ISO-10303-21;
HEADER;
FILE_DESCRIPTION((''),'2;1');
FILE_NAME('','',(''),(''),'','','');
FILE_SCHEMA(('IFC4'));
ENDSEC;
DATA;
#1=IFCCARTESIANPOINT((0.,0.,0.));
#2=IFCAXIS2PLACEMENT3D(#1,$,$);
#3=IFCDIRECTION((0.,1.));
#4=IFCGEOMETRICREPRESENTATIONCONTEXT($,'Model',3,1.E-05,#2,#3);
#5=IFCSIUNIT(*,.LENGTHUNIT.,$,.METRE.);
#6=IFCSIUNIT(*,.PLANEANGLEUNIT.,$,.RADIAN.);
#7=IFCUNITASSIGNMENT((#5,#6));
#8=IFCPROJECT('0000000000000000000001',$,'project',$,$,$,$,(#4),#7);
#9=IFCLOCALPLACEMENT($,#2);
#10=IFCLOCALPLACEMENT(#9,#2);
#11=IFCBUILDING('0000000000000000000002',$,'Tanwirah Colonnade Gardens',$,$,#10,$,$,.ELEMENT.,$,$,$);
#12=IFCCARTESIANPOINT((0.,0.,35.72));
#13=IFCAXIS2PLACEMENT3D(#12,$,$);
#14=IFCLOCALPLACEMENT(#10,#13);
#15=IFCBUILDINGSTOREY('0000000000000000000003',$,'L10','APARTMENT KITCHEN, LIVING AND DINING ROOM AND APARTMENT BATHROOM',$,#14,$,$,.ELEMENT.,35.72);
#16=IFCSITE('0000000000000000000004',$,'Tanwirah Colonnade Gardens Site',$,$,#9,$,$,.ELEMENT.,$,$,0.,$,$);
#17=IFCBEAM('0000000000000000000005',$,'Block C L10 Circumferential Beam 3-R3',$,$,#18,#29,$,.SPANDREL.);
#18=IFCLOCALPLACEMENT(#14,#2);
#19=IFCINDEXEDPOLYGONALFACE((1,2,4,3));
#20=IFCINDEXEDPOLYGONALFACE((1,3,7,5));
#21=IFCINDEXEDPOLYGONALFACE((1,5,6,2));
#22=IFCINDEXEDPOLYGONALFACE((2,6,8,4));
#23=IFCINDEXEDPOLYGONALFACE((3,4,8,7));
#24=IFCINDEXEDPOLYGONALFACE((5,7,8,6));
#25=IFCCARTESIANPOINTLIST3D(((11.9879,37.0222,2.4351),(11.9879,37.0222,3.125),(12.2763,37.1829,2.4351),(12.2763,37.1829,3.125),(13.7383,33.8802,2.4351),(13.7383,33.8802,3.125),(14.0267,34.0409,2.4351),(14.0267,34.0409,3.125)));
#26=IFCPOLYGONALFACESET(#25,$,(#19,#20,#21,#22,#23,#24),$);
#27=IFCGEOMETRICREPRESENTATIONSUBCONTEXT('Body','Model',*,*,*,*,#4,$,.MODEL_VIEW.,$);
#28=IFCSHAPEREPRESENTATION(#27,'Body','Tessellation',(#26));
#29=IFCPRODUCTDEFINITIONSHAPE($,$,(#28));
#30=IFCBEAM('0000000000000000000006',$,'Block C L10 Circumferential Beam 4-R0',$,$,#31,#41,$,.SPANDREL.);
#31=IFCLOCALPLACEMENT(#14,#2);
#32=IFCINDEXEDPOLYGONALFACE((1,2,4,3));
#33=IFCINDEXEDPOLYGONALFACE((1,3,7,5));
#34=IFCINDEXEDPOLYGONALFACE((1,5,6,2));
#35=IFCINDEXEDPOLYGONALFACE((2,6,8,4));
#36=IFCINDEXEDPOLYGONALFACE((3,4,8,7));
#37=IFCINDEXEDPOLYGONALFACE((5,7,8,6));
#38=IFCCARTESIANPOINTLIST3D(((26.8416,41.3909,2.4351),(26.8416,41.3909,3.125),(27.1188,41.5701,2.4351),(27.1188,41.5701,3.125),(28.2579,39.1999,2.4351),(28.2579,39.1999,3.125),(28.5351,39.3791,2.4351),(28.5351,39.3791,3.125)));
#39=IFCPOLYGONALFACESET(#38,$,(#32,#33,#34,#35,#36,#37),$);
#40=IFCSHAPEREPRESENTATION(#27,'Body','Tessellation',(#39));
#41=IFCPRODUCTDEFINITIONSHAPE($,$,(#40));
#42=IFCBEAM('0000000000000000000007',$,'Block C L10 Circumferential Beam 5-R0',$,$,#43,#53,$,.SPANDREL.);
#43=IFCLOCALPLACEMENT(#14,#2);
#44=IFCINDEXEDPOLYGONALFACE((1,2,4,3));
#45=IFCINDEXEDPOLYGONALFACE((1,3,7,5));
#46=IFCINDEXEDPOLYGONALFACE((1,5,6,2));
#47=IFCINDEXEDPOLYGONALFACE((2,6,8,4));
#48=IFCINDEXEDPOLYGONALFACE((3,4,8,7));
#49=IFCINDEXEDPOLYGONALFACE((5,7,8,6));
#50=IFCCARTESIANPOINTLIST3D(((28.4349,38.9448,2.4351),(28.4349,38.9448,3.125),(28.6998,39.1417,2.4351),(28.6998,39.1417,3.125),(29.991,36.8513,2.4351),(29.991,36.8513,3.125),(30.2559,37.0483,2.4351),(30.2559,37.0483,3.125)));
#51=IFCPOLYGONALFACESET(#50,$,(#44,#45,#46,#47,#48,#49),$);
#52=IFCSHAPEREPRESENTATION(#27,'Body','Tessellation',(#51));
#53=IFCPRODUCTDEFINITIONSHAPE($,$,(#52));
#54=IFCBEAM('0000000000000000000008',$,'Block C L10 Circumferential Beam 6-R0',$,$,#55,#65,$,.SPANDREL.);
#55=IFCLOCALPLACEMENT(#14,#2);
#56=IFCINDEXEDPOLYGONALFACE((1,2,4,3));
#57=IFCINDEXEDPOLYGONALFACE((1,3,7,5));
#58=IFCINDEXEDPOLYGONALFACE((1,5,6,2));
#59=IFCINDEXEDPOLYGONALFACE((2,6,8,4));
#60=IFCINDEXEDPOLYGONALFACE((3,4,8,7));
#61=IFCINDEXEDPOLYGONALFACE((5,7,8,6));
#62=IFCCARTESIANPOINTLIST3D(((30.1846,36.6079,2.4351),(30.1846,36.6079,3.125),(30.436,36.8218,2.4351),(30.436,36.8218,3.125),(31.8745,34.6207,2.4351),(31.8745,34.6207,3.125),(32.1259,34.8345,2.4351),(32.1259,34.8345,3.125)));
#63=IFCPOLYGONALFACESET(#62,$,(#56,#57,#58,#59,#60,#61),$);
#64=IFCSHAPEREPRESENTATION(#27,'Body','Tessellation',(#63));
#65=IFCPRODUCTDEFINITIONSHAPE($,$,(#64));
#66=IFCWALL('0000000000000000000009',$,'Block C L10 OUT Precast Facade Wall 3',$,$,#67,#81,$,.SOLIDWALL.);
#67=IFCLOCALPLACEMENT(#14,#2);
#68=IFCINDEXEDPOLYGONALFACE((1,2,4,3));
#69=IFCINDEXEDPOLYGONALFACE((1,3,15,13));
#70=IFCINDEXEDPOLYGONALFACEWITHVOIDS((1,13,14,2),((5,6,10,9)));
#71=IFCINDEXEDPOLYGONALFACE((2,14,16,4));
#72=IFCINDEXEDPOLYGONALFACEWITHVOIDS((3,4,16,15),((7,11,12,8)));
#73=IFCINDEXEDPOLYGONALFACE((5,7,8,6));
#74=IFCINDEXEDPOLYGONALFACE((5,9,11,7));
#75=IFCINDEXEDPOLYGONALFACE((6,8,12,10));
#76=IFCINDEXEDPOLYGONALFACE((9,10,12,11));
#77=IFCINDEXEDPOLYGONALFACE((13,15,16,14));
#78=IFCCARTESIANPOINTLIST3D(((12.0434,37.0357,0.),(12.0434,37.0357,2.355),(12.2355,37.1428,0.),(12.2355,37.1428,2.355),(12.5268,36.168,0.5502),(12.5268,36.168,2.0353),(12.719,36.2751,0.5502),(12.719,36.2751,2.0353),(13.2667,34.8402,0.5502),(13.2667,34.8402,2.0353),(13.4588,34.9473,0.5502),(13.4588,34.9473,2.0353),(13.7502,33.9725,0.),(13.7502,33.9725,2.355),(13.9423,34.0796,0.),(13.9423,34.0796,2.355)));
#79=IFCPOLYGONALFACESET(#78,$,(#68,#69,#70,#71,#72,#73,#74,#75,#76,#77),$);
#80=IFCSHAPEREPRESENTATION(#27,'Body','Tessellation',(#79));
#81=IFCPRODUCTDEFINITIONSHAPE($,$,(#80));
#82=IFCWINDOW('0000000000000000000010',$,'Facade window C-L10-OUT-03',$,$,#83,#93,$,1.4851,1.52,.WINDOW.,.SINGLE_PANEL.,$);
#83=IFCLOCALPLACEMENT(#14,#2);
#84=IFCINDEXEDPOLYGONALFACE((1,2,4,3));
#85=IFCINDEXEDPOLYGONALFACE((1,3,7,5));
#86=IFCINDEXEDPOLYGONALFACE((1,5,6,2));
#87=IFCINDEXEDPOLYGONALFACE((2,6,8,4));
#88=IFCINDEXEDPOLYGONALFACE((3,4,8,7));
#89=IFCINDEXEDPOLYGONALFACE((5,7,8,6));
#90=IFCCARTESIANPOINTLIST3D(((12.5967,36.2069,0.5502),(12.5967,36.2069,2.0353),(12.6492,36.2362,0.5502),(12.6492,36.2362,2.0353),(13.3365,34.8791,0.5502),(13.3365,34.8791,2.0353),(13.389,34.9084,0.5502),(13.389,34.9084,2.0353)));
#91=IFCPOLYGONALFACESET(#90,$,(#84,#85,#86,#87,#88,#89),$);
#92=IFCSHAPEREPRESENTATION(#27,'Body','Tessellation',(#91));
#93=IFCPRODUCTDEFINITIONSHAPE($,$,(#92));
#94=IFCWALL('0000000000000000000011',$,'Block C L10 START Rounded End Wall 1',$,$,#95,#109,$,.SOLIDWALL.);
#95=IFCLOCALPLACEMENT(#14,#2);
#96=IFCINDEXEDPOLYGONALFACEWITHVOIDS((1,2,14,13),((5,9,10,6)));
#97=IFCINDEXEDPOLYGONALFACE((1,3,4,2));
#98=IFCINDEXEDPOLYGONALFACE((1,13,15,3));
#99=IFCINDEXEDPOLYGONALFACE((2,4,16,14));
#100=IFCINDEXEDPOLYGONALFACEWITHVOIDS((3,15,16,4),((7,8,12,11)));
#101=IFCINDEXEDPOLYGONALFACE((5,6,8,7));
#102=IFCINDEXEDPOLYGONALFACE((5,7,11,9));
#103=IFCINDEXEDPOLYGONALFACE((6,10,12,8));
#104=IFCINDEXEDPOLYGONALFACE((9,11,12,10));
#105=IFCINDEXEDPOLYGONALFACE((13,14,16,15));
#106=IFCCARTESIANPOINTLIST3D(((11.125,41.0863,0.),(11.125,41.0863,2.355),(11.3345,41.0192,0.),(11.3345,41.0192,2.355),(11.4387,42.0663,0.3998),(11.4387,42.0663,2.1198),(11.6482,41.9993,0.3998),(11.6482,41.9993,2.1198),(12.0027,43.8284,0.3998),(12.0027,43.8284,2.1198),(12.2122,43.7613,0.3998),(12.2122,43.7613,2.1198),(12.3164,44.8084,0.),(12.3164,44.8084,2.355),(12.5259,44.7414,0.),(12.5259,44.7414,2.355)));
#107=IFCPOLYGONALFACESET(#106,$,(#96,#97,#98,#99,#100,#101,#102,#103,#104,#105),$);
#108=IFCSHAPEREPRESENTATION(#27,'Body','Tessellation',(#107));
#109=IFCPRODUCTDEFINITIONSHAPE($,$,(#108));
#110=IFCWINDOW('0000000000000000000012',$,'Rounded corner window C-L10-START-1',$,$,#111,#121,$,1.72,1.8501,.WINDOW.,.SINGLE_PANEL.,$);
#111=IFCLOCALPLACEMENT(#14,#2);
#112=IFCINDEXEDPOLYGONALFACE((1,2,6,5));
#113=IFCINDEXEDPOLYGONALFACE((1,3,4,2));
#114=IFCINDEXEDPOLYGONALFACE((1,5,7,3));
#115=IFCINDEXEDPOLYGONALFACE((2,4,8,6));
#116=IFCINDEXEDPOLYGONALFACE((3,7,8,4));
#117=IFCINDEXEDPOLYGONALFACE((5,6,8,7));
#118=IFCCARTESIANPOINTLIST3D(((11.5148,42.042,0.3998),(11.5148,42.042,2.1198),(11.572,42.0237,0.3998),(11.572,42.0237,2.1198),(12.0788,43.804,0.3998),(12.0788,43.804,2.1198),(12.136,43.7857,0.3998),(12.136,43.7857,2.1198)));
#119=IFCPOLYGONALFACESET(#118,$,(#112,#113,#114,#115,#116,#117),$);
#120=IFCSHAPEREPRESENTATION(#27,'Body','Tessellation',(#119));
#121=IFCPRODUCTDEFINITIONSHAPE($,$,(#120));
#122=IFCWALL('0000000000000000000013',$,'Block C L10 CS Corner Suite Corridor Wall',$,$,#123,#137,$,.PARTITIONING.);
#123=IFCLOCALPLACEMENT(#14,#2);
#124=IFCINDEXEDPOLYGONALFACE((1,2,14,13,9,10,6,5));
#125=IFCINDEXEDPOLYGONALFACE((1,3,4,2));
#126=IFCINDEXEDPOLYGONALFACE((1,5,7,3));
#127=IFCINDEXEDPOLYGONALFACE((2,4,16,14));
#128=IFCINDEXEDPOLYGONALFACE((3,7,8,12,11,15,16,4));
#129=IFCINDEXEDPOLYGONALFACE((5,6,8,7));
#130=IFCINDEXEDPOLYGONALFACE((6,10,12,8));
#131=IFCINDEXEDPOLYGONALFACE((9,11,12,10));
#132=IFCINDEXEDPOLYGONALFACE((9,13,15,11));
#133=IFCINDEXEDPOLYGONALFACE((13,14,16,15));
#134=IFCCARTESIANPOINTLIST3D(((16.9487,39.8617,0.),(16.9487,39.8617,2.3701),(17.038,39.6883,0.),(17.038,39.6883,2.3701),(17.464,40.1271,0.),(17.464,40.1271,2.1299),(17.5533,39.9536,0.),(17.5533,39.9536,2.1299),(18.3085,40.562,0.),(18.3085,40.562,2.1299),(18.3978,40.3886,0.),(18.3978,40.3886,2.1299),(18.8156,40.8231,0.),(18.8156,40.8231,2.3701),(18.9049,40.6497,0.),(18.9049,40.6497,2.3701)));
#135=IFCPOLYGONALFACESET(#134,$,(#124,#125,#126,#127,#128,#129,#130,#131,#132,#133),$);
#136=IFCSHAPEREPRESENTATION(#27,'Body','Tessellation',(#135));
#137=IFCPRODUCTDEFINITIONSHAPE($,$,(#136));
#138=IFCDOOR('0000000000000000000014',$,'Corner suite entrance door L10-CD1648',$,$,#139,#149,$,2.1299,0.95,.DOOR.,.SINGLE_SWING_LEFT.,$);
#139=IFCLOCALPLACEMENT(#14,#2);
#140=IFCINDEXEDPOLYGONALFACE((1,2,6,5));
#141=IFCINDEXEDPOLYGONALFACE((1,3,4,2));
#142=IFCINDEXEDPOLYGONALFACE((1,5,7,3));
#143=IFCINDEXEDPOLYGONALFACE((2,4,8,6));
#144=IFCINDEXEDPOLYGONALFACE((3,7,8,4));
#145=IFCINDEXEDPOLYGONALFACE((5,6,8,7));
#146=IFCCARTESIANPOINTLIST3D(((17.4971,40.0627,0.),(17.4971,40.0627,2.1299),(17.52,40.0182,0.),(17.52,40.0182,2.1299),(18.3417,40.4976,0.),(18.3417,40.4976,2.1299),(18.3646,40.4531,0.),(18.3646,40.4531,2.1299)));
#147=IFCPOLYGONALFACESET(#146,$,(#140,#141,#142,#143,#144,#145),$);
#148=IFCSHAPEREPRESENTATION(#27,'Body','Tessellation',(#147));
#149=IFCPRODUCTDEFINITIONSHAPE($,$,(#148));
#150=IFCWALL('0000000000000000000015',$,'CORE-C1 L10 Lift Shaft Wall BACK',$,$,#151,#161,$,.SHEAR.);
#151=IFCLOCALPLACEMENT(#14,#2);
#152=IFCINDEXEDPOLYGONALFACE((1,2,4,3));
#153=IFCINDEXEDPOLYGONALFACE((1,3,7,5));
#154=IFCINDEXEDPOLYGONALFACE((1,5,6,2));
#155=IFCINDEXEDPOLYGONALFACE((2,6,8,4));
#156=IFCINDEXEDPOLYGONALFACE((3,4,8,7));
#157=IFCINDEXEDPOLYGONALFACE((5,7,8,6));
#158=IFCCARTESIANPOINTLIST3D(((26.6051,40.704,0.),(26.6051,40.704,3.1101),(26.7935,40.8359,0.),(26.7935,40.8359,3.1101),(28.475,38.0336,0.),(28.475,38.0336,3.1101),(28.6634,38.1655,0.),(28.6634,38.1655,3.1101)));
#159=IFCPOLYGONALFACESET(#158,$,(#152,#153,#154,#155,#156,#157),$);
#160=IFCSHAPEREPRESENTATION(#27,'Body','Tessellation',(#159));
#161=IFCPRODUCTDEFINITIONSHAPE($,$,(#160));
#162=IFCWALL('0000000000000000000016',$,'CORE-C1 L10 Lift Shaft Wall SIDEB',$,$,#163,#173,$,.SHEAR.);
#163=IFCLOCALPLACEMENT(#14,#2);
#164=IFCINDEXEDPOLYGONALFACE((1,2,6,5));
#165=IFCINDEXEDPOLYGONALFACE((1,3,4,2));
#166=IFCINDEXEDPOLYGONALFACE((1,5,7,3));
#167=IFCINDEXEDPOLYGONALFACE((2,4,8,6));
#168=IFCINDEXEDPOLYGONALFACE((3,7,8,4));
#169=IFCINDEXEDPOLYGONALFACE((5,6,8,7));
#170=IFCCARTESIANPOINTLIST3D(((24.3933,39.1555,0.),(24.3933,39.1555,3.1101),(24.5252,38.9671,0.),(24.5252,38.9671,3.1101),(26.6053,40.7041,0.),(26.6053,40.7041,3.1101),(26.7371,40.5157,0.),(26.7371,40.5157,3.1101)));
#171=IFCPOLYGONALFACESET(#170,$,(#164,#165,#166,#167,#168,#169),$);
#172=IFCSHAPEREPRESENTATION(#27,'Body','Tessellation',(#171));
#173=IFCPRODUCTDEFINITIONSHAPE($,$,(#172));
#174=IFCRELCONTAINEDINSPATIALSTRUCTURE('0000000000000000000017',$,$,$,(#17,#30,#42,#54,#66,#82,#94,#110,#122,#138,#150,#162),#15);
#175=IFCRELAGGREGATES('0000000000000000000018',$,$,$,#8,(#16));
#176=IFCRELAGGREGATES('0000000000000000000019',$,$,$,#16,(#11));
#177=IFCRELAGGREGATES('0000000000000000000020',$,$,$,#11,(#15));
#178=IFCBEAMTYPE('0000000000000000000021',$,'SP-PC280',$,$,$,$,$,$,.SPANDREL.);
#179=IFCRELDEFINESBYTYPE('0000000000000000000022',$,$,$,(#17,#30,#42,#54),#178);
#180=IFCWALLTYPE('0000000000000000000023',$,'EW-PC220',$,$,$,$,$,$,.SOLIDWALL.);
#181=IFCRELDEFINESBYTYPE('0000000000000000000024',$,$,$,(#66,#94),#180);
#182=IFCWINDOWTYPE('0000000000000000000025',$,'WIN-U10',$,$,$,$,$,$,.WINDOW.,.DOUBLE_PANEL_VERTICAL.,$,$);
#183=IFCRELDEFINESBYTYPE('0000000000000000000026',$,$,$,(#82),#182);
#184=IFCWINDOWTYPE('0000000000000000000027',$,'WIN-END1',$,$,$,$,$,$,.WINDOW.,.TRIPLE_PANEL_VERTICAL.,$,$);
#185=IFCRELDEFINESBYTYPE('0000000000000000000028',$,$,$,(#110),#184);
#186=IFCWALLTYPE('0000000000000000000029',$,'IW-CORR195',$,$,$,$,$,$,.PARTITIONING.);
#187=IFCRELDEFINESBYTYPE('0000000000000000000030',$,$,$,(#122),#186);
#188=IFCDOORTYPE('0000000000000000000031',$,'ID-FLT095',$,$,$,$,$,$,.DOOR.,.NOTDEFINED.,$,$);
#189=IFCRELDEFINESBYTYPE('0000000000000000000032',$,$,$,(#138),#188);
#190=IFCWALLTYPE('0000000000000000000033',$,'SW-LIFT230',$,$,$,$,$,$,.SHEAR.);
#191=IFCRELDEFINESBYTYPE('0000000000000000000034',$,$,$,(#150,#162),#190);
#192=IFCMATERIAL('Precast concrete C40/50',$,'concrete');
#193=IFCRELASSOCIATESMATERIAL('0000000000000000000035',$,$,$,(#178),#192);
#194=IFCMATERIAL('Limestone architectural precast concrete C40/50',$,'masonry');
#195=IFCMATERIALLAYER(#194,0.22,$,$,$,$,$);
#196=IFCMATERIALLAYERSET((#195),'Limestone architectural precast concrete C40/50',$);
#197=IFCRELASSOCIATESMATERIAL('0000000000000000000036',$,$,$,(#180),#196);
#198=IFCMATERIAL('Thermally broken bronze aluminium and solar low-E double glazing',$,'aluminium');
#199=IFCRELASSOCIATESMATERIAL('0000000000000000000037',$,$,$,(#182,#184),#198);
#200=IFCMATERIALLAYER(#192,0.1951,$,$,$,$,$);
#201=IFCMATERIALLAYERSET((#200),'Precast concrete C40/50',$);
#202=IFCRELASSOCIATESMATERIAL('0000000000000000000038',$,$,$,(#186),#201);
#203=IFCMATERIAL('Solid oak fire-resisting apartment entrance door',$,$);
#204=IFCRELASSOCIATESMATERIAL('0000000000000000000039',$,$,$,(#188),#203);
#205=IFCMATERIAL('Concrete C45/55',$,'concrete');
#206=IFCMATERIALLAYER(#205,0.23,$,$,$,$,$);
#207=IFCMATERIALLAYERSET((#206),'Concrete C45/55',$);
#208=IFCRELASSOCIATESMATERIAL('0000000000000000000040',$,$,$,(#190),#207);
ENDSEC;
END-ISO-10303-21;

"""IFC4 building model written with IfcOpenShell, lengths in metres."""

from ifc_helpers import new_model, si_unit, direction, frame, frame_2d, origin, origin_2d, place, context, subcontext, project, spatial, rectangle, extrude, material, layer, layer_set, material_profile, profile_set, type_object, element, fill, save


model = new_model("IFC4")

# Units and contexts
model_context = context("Model", 3, precision=1e-05, world=origin(), true_north=direction((0.0, 1.0)))
body_context = subcontext(model_context, "Body", "Model", "MODEL_VIEW")
ifc_project = project(units=[si_unit("LENGTHUNIT", "METRE"), si_unit("PLANEANGLEUNIT", "RADIAN")], contexts=[model_context])

# Site, building, storey
site_placement = place(None, origin())
site = spatial("IfcSite", under=ifc_project, at=site_placement, Name="Tanwirah Colonnade Gardens Site", CompositionType="ELEMENT", RefElevation=0.0)
building_placement = place(site_placement, origin())
building = spatial("IfcBuilding", under=site, at=building_placement, Name="Tanwirah Colonnade Gardens", CompositionType="ELEMENT")
storey_placement = place(building_placement, frame((0.0, 0.0, 35.72)))
storey = spatial("IfcBuildingStorey", under=building, at=storey_placement, Name="L10", Description="APARTMENT KITCHEN, LIVING AND DINING ROOM AND APARTMENT BATHROOM", CompositionType="ELEMENT", Elevation=35.72)

# Shared definitions
ifc_material_1 = material(Name="Precast concrete C40/50", Category="concrete")

# Beams
ifc_material_profile_1 = material_profile(ifc_material_1, rectangle(XDim=0.3301, YDim=0.6899, at=origin_2d()), Name="PC-SP 330x690")
ifc_profile_set_1 = profile_set([ifc_material_profile_1], Name="Precast concrete C40/50")
beam_type_1 = type_object("IfcBeamType", Name="SP-PC280", PredefinedType="SPANDREL", material=ifc_profile_set_1)
beam_1_placement = place(storey_placement, frame((12.1321, 37.1025, 2.78), z_axis=(0.48668, -0.87358, 0.0), x_axis=(0.87358, 0.48668, 0.0)))
element("IfcBeam", 1, at=beam_1_placement, inside=storey, type_object=beam_type_1, Name="Block C L10 Circumferential Beam 3-R3", PredefinedType="SPANDREL", context=body_context, shape_type="SweptSolid", body=[
    extrude(rectangle(XDim=0.3301, YDim=0.6899, at=origin_2d()), origin(), (0.0, 0.0, 1.0), 3.5967),
])
beam_2_placement = place(storey_placement, frame((26.9802, 41.4805, 2.78), z_axis=(0.542875, -0.839814, 0.0), x_axis=(0.839814, 0.542875, 0.0)))
element("IfcBeam", 2, at=beam_2_placement, inside=storey, type_object=beam_type_1, Name="Block C L10 Circumferential Beam 4-R0", PredefinedType="SPANDREL", context=body_context, shape_type="SweptSolid", body=[
    extrude(rectangle(XDim=0.3301, YDim=0.6899, at=origin_2d()), origin(), (0.0, 0.0, 1.0), 2.6089),
])
beam_3_placement = place(storey_placement, frame((28.5674, 39.0432, 2.78), z_axis=(0.596565, -0.802565, 0.0), x_axis=(0.802565, 0.596565, 0.0)))
element("IfcBeam", 3, at=beam_3_placement, inside=storey, type_object=beam_type_1, Name="Block C L10 Circumferential Beam 5-R0", PredefinedType="SPANDREL", context=body_context, shape_type="SweptSolid", body=[
    extrude(rectangle(XDim=0.3301, YDim=0.6899, at=origin_2d()), origin(), (0.0, 0.0, 1.0), 2.6084),
])
beam_4_placement = place(storey_placement, frame((30.3103, 36.7148, 2.78), z_axis=(0.647811, -0.761801, 0.0), x_axis=(0.761801, 0.647811, 0.0)))
element("IfcBeam", 4, at=beam_4_placement, inside=storey, type_object=beam_type_1, Name="Block C L10 Circumferential Beam 6-R0", PredefinedType="SPANDREL", context=body_context, shape_type="SweptSolid", body=[
    extrude(rectangle(XDim=0.3301, YDim=0.6899, at=origin_2d()), origin(), (0.0, 0.0, 1.0), 2.6086),
])

# Walls, openings, windows
ifc_material_2 = material(Name="Limestone architectural precast concrete C40/50", Category="masonry")
ifc_layer_1 = layer(ifc_material_2, 0.22)
ifc_layer_set_1 = layer_set([ifc_layer_1], Name="Limestone architectural precast concrete C40/50")
wall_type_1 = type_object("IfcWallType", Name="EW-PC220", PredefinedType="SOLIDWALL", material=ifc_layer_set_1)
wall_1_placement = place(storey_placement, frame((12.1394, 37.0894, 0.0), z_axis=(0.0, 0.0, 1.0), x_axis=(0.48673, -0.873552, 0.0)))
wall_1 = element("IfcWall", 5, at=wall_1_placement, inside=storey, type_object=wall_type_1, Name="Block C L10 OUT Precast Facade Wall 3", PredefinedType="SOLIDWALL", context=body_context, shape_type="SweptSolid", body=[
    extrude(rectangle(XDim=3.5066, YDim=0.22, at=frame_2d((1.7534, 0.0))), origin(), (0.0, 0.0, 1.0), 2.355),
])
opening_1_placement = place(wall_1_placement, frame((0.9934, 0.0, 0.55)))
opening_1 = element("IfcOpeningElement", 6, at=opening_1_placement, cuts=wall_1, PredefinedType="OPENING", context=body_context, shape_type="SweptSolid", body=[
    extrude(rectangle(XDim=1.52, YDim=1.4851, at=frame_2d((0.76, 0.7427))), frame((0.0, 0.1199, 0.0), z_axis=(0.0, -1.0, 0.0), x_axis=(1.0, 0.0, 0.0)), (0.0, 0.0, 1.0), 0.24),
])
ifc_material_3 = material(Name="Thermally broken bronze aluminium and solar low-E double glazing", Category="aluminium")
window_type_1 = type_object("IfcWindowType", Name="WIN-U10", PartitioningType="DOUBLE_PANEL_VERTICAL", PredefinedType="WINDOW", material=ifc_material_3)
window_1_placement = place(opening_1_placement, origin())
window_1 = element("IfcWindow", 7, at=window_1_placement, inside=storey, type_object=window_type_1, Name="Facade window C-L10-OUT-03", OverallHeight=1.4851, OverallWidth=1.52, PartitioningType="SINGLE_PANEL", PredefinedType="WINDOW", context=body_context, shape_type="SweptSolid", body=[
    extrude(rectangle(XDim=1.52, YDim=1.4851, at=frame_2d((0.76, 0.7427))), frame((0.0, 0.03, 0.0), z_axis=(0.0, -1.0, 0.0), x_axis=(1.0, 0.0, 0.0)), (0.0, 0.0, 1.0), 0.0601),
])
fill(opening_1, window_1)
wall_2_placement = place(storey_placement, frame((11.2297, 41.0527, 0.0), z_axis=(0.0, 0.0, 1.0), x_axis=(0.304848, 0.952401, 0.0)))
wall_2 = element("IfcWall", 8, at=wall_2_placement, inside=storey, type_object=wall_type_1, Name="Block C L10 START Rounded End Wall 1", PredefinedType="SOLIDWALL", context=body_context, shape_type="SweptSolid", body=[
    extrude(rectangle(XDim=3.9082, YDim=0.22, at=frame_2d((1.9541, 0.0))), origin(), (0.0, 0.0, 1.0), 2.355),
])
opening_2_placement = place(wall_2_placement, frame((1.0291, 0.0, 0.3999)))
opening_2 = element("IfcOpeningElement", 9, at=opening_2_placement, cuts=wall_2, PredefinedType="OPENING", context=body_context, shape_type="SweptSolid", body=[
    extrude(rectangle(XDim=1.8501, YDim=1.72, at=frame_2d((0.925, 0.8599))), frame((0.0, 0.1199, 0.0), z_axis=(0.0, -1.0, 0.0), x_axis=(1.0, 0.0, 0.0)), (0.0, 0.0, 1.0), 0.24),
])
window_type_2 = type_object("IfcWindowType", Name="WIN-END1", PartitioningType="TRIPLE_PANEL_VERTICAL", PredefinedType="WINDOW", material=ifc_material_3)
window_2_placement = place(opening_2_placement, origin())
window_2 = element("IfcWindow", 10, at=window_2_placement, inside=storey, type_object=window_type_2, Name="Rounded corner window C-L10-START-1", OverallHeight=1.72, OverallWidth=1.8501, PartitioningType="SINGLE_PANEL", PredefinedType="WINDOW", context=body_context, shape_type="SweptSolid", body=[
    extrude(rectangle(XDim=1.8501, YDim=1.72, at=frame_2d((0.925, 0.8599))), frame((0.0, 0.03, 0.0), z_axis=(0.0, -1.0, 0.0), x_axis=(1.0, 0.0, 0.0)), (0.0, 0.0, 1.0), 0.0601),
])
fill(opening_2, window_2)

# Wall, opening, door
ifc_layer_2 = layer(ifc_material_1, 0.1951)
ifc_layer_set_2 = layer_set([ifc_layer_2], Name="Precast concrete C40/50")
wall_type_2 = type_object("IfcWallType", Name="IW-CORR195", PredefinedType="PARTITIONING", material=ifc_layer_set_2)
ifc_material_4 = material(Name="Solid oak fire-resisting apartment entrance door")
wall_3_placement = place(storey_placement, frame((18.8601, 40.7363, 0.0), z_axis=(0.0, 0.0, 1.0), x_axis=(-0.889039, -0.457831, 0.0)))
wall_3 = element("IfcWall", 11, at=wall_3_placement, inside=storey, type_object=wall_type_2, Name="Block C L10 CS Corner Suite Corridor Wall", PredefinedType="PARTITIONING", context=body_context, shape_type="SweptSolid", body=[
    extrude(rectangle(XDim=2.0999, YDim=0.1951, at=frame_2d((1.0498, 0.0))), origin(), (0.0, 0.0, 1.0), 2.3701),
])
opening_3_placement = place(wall_3_placement, frame((0.5701, 0.0, 0.0)))
opening_3 = element("IfcOpeningElement", 12, at=opening_3_placement, cuts=wall_3, PredefinedType="OPENING", context=body_context, shape_type="SweptSolid", body=[
    extrude(rectangle(XDim=0.95, YDim=2.1299, at=frame_2d((0.4751, 1.0649))), frame((0.0, 0.1074, 0.0), z_axis=(0.0, -1.0, 0.0), x_axis=(1.0, 0.0, 0.0)), (0.0, 0.0, 1.0), 0.2151),
])
door_type_1 = type_object("IfcDoorType", Name="ID-FLT095", OperationType="NOTDEFINED", PredefinedType="DOOR", material=ifc_material_4)
door_1_placement = place(opening_3_placement, origin())
door_1 = element("IfcDoor", 13, at=door_1_placement, inside=storey, type_object=door_type_1, Name="Corner suite entrance door L10-CD1648", OperationType="SINGLE_SWING_LEFT", OverallHeight=2.1299, OverallWidth=0.95, PredefinedType="DOOR", context=body_context, shape_type="SweptSolid", body=[
    extrude(rectangle(XDim=0.95, YDim=2.1299, at=frame_2d((0.4751, 1.0649))), frame((0.0, 0.0249, 0.0), z_axis=(0.0, -1.0, 0.0), x_axis=(1.0, 0.0, 0.0)), (0.0, 0.0, 1.0), 0.05),
])
fill(opening_3, door_1)

# Walls
ifc_material_5 = material(Name="Concrete C45/55", Category="concrete")
ifc_layer_3 = layer(ifc_material_5, 0.23)
ifc_layer_set_3 = layer_set([ifc_layer_3], Name="Concrete C45/55")
wall_type_3 = type_object("IfcWallType", Name="SW-LIFT230", PredefinedType="SHEAR", material=ifc_layer_set_3)
wall_4_placement = place(storey_placement, frame((28.5691, 38.0996, 0.0), z_axis=(0.0, 0.0, 1.0), x_axis=(-0.573583, 0.819147, 0.0)))
element("IfcWall", 14, at=wall_4_placement, inside=storey, type_object=wall_type_3, Name="CORE-C1 L10 Lift Shaft Wall BACK", PredefinedType="SHEAR", context=body_context, shape_type="SweptSolid", body=[
    extrude(rectangle(XDim=3.26, YDim=0.23, at=frame_2d((1.6299, 0.0))), origin(), (0.0, 0.0, 1.0), 3.1101),
])
wall_5_placement = place(storey_placement, frame((24.4592, 39.0613, 0.0), z_axis=(0.0, 0.0, 1.0), x_axis=(0.819189, 0.573523, 0.0)))
element("IfcWall", 15, at=wall_5_placement, inside=storey, type_object=wall_type_3, Name="CORE-C1 L10 Lift Shaft Wall SIDEB", PredefinedType="SHEAR", context=body_context, shape_type="SweptSolid", body=[
    extrude(rectangle(XDim=2.7002, YDim=0.23, at=frame_2d((1.3501, 0.0))), origin(), (0.0, 0.0, 1.0), 3.1101),
])

save(model, "model.ifc")
